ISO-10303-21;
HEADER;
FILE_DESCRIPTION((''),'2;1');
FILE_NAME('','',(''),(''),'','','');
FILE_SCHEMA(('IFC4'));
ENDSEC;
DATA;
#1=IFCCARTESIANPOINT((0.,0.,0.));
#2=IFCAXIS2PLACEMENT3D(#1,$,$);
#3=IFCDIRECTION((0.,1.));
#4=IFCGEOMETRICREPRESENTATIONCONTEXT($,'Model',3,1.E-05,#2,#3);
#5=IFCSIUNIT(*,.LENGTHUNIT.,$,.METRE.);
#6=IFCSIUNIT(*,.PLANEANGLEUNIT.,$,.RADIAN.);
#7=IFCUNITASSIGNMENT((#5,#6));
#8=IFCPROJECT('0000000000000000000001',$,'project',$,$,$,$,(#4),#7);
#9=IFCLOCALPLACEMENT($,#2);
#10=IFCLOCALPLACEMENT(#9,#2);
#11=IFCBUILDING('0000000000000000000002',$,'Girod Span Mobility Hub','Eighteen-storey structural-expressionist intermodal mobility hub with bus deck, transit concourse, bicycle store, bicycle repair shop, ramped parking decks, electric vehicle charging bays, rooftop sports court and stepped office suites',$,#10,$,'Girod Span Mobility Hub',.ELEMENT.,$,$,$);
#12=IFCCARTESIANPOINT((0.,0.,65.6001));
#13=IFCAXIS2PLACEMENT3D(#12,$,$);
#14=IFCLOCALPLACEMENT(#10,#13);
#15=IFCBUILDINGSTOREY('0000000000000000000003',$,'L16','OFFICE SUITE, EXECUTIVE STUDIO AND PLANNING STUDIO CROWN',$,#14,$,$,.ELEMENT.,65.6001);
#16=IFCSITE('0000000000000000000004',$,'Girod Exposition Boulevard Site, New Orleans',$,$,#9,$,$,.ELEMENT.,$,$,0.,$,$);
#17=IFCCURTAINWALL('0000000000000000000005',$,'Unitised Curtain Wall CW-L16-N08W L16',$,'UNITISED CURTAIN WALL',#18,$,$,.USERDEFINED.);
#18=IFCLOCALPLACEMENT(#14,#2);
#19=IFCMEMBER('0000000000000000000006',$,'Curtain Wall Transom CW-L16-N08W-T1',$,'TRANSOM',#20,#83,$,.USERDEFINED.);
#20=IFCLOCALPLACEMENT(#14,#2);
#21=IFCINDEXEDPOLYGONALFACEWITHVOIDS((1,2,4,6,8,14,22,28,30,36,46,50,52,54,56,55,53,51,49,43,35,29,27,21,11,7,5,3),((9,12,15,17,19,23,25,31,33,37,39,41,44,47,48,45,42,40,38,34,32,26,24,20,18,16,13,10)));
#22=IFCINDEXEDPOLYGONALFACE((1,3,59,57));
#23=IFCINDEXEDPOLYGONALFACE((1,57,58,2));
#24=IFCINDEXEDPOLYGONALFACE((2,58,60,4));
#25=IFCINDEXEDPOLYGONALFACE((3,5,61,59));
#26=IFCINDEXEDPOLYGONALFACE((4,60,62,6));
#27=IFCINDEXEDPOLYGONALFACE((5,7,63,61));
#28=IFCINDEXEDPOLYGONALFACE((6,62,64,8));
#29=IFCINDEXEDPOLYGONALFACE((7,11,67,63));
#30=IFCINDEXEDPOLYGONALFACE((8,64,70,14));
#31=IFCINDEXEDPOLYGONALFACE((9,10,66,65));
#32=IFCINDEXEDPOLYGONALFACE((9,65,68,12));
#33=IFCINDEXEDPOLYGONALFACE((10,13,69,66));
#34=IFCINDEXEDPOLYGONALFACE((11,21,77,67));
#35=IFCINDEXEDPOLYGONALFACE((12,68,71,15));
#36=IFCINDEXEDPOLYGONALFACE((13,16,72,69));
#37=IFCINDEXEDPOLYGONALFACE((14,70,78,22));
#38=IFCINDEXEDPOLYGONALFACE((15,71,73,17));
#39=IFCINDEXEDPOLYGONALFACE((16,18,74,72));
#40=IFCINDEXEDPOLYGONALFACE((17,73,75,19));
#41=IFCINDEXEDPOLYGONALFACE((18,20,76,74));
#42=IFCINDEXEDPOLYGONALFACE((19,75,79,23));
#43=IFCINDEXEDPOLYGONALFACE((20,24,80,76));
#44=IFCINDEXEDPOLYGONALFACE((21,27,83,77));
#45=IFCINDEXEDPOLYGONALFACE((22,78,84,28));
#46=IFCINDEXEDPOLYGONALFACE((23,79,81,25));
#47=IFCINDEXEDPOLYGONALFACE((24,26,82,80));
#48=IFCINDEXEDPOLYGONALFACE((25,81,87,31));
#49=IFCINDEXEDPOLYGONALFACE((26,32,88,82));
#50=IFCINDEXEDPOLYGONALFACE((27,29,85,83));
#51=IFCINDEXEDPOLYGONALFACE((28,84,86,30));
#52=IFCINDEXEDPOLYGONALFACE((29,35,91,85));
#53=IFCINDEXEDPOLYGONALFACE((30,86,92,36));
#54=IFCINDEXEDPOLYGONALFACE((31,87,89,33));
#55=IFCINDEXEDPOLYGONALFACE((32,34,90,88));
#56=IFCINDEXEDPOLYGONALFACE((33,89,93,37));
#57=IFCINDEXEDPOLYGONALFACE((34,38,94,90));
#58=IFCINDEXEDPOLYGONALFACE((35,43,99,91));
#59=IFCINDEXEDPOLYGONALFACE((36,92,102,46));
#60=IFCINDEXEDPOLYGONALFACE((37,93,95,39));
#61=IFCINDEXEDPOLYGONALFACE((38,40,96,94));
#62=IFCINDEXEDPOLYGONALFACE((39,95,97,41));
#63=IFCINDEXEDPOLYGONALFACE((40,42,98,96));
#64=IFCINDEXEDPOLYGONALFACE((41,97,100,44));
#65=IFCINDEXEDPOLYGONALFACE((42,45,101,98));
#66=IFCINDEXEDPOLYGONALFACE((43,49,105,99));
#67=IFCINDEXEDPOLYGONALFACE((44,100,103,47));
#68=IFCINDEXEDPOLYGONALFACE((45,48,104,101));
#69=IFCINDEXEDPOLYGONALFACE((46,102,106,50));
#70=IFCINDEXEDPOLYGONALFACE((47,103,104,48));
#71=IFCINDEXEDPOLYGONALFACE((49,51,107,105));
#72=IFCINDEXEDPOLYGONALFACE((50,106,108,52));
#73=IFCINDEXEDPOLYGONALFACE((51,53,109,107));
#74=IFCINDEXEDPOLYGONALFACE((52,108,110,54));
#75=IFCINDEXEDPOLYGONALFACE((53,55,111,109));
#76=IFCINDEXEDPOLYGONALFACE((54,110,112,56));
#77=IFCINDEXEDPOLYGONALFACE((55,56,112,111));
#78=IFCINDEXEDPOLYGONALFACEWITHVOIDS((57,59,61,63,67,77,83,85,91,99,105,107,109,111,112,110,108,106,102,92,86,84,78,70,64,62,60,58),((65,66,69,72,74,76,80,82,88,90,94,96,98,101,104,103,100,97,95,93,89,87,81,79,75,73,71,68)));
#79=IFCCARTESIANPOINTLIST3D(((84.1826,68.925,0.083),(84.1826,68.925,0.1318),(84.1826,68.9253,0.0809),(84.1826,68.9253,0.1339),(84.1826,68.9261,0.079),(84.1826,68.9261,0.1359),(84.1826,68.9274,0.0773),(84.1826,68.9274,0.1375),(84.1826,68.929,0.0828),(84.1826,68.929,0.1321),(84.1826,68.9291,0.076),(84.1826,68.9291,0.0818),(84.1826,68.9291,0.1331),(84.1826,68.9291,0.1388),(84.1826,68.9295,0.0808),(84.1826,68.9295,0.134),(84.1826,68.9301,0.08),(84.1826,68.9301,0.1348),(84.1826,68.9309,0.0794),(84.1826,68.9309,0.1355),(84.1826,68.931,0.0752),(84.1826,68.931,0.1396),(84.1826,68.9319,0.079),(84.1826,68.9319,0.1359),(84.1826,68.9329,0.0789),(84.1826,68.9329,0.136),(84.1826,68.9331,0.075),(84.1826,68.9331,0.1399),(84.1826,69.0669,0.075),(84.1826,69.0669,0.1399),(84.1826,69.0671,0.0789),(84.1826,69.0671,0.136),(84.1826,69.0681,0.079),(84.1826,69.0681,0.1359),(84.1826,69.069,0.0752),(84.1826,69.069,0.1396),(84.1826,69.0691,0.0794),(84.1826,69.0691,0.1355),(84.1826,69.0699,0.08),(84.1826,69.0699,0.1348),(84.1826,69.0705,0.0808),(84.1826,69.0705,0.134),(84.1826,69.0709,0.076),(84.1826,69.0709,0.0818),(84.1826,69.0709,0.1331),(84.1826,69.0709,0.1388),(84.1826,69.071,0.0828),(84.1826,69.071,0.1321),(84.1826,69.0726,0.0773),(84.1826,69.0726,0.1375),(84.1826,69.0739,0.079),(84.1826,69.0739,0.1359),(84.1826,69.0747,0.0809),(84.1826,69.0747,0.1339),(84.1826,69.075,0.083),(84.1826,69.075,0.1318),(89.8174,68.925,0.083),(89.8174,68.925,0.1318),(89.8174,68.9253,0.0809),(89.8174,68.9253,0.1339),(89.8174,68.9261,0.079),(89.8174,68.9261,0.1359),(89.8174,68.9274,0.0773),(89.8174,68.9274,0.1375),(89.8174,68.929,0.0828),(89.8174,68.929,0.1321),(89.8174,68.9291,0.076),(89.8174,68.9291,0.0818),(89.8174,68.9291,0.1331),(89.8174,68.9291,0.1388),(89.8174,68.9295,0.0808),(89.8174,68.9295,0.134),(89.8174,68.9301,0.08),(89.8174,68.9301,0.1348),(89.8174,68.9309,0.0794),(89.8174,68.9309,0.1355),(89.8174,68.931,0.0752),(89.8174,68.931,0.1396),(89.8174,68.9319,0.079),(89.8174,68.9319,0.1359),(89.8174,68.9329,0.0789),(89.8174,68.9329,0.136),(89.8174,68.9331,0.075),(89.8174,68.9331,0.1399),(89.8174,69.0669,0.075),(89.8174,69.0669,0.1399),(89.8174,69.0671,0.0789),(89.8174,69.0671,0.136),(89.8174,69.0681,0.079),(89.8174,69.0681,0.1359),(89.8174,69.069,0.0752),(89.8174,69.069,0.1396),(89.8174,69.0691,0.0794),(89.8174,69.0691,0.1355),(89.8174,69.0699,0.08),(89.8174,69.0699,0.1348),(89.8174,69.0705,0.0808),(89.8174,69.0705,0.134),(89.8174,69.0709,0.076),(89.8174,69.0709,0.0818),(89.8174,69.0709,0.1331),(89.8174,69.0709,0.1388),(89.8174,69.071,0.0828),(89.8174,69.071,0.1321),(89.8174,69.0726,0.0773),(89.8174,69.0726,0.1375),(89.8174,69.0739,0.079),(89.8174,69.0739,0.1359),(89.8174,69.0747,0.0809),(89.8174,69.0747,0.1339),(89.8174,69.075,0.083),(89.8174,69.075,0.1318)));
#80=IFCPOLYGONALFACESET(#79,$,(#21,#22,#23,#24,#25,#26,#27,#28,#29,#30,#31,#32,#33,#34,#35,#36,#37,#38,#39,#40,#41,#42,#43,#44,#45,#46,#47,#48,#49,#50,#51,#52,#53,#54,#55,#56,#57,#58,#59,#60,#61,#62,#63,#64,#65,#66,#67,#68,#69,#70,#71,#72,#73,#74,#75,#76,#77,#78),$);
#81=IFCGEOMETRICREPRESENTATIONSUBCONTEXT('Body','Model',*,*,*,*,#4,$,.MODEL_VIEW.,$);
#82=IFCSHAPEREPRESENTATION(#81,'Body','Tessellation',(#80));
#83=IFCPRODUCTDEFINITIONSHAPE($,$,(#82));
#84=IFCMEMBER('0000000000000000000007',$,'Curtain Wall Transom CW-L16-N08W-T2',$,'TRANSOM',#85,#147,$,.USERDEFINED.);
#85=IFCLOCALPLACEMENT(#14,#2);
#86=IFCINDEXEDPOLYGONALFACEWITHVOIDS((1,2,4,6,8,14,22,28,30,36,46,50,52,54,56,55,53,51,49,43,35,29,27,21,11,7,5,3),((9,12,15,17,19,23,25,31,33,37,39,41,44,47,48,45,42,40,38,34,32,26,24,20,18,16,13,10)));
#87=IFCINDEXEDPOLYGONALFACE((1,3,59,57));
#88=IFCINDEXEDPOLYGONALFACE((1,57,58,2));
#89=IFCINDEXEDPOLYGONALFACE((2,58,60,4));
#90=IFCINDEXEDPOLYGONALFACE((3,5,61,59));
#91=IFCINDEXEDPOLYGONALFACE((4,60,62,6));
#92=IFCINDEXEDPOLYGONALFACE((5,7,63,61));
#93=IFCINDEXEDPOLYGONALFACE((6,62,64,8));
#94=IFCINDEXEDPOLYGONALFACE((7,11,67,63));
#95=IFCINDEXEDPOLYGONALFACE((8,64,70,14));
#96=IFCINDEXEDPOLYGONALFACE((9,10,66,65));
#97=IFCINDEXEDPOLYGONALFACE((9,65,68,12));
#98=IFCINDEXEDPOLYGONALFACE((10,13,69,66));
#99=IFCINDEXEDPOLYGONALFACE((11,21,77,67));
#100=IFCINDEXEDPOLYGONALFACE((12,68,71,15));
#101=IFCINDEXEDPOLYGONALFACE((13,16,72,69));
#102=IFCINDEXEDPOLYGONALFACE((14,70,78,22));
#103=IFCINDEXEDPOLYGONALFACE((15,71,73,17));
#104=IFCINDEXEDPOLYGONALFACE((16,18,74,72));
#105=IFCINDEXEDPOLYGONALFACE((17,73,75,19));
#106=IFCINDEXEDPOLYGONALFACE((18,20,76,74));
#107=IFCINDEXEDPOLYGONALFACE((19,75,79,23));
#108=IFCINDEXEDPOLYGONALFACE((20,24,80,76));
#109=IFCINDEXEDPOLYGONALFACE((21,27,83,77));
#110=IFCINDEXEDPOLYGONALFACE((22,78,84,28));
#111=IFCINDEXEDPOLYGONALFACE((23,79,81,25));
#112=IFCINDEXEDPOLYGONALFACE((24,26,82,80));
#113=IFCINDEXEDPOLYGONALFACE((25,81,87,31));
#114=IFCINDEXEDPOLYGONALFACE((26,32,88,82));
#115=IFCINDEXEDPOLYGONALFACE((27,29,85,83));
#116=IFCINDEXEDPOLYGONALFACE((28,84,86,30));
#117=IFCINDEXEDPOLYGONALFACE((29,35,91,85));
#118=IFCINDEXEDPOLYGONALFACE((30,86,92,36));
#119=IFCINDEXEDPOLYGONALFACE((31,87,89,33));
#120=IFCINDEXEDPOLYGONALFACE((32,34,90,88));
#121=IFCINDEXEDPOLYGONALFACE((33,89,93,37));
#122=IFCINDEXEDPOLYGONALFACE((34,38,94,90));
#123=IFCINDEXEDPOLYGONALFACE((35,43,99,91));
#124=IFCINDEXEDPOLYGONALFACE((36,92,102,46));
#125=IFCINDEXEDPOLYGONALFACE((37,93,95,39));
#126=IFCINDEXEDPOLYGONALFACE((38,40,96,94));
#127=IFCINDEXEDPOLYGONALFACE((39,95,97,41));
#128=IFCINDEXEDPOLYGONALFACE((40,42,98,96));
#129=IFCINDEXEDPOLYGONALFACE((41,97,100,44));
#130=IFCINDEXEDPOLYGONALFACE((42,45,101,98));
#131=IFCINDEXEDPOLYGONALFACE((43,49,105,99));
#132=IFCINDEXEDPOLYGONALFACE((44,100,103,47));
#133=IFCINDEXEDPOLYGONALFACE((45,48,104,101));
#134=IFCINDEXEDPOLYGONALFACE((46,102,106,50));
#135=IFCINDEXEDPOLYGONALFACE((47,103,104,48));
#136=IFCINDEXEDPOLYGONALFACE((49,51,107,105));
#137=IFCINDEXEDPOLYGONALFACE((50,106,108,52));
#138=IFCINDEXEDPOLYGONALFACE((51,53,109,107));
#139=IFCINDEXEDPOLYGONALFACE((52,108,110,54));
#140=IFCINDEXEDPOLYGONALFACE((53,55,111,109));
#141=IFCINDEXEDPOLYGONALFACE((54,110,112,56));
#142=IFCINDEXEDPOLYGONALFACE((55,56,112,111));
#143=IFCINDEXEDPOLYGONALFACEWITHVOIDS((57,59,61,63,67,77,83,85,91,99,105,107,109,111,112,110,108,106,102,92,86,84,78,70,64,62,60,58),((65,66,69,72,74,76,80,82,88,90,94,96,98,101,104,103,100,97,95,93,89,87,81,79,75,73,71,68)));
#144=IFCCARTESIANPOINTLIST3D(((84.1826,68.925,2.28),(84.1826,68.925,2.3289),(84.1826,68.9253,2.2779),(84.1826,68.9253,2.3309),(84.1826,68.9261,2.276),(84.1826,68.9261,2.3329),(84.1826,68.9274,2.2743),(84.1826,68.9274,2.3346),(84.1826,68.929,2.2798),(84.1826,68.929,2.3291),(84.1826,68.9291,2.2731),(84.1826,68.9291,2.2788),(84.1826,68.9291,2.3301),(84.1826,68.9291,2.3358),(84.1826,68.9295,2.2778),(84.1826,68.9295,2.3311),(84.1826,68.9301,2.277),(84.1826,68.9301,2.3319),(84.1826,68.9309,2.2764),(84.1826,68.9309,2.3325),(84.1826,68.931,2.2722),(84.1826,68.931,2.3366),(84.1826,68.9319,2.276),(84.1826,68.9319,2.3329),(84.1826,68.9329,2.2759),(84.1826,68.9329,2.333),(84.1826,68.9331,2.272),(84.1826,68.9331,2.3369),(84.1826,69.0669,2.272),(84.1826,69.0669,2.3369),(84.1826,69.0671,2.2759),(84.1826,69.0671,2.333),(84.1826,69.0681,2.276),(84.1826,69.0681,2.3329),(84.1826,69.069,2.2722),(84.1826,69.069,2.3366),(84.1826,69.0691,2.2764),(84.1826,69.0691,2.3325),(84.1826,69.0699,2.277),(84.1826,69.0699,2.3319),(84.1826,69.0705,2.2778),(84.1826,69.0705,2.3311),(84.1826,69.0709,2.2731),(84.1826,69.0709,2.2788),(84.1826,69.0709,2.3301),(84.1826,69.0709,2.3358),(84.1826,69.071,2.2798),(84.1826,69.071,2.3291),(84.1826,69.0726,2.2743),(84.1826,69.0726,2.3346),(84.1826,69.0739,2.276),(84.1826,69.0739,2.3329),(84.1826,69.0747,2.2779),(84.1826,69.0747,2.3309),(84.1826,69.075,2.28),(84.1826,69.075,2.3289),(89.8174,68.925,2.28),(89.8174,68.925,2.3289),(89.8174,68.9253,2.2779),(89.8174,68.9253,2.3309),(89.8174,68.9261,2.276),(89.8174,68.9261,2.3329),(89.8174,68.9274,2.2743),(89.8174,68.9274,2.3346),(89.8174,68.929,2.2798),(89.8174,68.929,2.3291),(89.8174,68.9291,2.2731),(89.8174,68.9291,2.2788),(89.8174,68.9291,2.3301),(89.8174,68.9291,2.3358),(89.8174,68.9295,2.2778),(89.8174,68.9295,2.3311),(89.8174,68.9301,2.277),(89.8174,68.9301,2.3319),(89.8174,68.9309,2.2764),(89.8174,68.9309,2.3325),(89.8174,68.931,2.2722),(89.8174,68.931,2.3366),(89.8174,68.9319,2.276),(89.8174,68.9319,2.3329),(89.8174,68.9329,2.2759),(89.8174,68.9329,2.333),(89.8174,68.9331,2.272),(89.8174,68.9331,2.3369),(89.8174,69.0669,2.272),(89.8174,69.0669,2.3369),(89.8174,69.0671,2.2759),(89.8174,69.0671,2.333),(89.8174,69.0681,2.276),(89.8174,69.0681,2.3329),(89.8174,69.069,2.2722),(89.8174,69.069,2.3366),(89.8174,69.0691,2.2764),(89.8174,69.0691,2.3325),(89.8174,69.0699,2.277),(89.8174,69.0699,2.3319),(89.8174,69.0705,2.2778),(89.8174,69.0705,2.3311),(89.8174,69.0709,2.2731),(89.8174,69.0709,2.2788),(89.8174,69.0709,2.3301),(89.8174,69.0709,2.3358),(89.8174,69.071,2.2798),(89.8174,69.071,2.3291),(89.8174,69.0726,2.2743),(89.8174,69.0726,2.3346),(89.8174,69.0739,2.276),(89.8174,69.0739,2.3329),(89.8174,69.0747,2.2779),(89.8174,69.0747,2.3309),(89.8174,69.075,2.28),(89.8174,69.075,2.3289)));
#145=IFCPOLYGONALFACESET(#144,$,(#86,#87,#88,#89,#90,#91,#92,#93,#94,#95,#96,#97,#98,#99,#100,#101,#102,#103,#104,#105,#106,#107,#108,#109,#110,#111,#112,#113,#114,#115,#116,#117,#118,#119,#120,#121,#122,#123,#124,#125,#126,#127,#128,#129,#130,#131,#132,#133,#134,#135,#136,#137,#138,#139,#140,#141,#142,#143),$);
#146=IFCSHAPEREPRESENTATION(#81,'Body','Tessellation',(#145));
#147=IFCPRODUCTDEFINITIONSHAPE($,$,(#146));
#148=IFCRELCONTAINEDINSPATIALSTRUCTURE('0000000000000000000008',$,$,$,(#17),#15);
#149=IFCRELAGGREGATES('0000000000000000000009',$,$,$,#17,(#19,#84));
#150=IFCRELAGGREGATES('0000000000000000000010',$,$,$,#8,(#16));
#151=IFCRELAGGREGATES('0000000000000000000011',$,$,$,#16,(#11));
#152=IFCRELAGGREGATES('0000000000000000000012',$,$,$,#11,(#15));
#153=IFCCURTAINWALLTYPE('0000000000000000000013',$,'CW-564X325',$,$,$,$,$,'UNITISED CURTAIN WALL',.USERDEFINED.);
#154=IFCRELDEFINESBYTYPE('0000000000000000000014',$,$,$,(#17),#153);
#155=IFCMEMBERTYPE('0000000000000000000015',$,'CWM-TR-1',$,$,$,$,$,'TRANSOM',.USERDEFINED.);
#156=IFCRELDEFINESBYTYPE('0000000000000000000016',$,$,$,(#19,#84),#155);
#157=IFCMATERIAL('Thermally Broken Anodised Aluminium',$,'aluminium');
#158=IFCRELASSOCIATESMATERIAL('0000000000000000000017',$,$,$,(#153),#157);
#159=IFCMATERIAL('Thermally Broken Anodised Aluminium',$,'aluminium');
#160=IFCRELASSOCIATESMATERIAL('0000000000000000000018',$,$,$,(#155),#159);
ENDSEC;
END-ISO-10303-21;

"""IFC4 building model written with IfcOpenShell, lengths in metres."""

from ifc_helpers import new_model, si_unit, direction, frame, origin, origin_2d, place, context, subcontext, project, spatial, hollow_rectangle, extrude, material, material_profile, profile_set, type_object, element, aggregate, save


model = new_model("IFC4")

# Units and contexts
model_context = context("Model", 3, precision=1e-05, world=origin(), true_north=direction((0.0, 1.0)))
body_context = subcontext(model_context, "Body", "Model", "MODEL_VIEW")
ifc_project = project(units=[si_unit("LENGTHUNIT", "METRE"), si_unit("PLANEANGLEUNIT", "RADIAN")], contexts=[model_context])

# Site, building, storey
site_placement = place(None, origin())
site = spatial("IfcSite", under=ifc_project, at=site_placement, Name="Girod Exposition Boulevard Site, New Orleans", CompositionType="ELEMENT", RefElevation=0.0)
building_placement = place(site_placement, origin())
building = spatial("IfcBuilding", under=site, at=building_placement, Name="Girod Span Mobility Hub", Description="Eighteen-storey structural-expressionist intermodal mobility hub with bus deck, transit concourse, bicycle store, bicycle repair shop, ramped parking decks, electric vehicle charging bays, rooftop sports court and stepped office suites", LongName="Girod Span Mobility Hub", CompositionType="ELEMENT")
storey_placement = place(building_placement, frame((0.0, 0.0, 65.6001)))
storey = spatial("IfcBuildingStorey", under=building, at=storey_placement, Name="L16", Description="OFFICE SUITE, EXECUTIVE STUDIO AND PLANNING STUDIO CROWN", CompositionType="ELEMENT", Elevation=65.6001)

# Curtain wall
ifc_material_1 = material(Name="Thermally Broken Anodised Aluminium", Category="aluminium")
curtain_wall_type = type_object("IfcCurtainWallType", Name="CW-564X325", ElementType="UNITISED CURTAIN WALL", PredefinedType="USERDEFINED", material=ifc_material_1)
curtain_wall_1_placement = place(storey_placement, origin())
curtain_wall_1 = element("IfcCurtainWall", 1, at=curtain_wall_1_placement, inside=storey, type_object=curtain_wall_type, Name="Unitised Curtain Wall CW-L16-N08W L16", ObjectType="UNITISED CURTAIN WALL", PredefinedType="USERDEFINED")

# Members
ifc_material_2 = material(Name="Thermally Broken Anodised Aluminium", Category="aluminium")
ifc_material_profile_1 = material_profile(ifc_material_2, hollow_rectangle(XDim=0.1499, YDim=0.0649, WallThickness=0.0039, InnerFilletRadius=0.0039, OuterFilletRadius=0.0081, at=origin_2d()), Name="CW-TR-65X150")
ifc_profile_set_1 = profile_set([ifc_material_profile_1], Name="Thermally Broken Anodised Aluminium")
member_type_1 = type_object("IfcMemberType", Name="CWM-TR-1", ElementType="TRANSOM", PredefinedType="USERDEFINED", material=ifc_profile_set_1)
member_1_placement = place(storey_placement, frame((84.1826, 69.0, 0.1074), z_axis=(1.0, 0.0, 0.0), x_axis=(0.0, 1.0, 0.0)))
member_1 = element("IfcMember", 2, at=member_1_placement, type_object=member_type_1, Name="Curtain Wall Transom CW-L16-N08W-T1", ObjectType="TRANSOM", PredefinedType="USERDEFINED", context=body_context, shape_type="SweptSolid", body=[
    extrude(hollow_rectangle(XDim=0.1499, YDim=0.0649, WallThickness=0.0039, InnerFilletRadius=0.0039, OuterFilletRadius=0.0081, at=origin_2d()), origin(), (0.0, 0.0, 1.0), 5.6348),
])
member_2_placement = place(storey_placement, frame((84.1826, 69.0, 2.3044), z_axis=(1.0, 0.0, 0.0), x_axis=(0.0, 1.0, 0.0)))
member_2 = element("IfcMember", 3, at=member_2_placement, type_object=member_type_1, Name="Curtain Wall Transom CW-L16-N08W-T2", ObjectType="TRANSOM", PredefinedType="USERDEFINED", context=body_context, shape_type="SweptSolid", body=[
    extrude(hollow_rectangle(XDim=0.1499, YDim=0.0649, WallThickness=0.0039, InnerFilletRadius=0.0039, OuterFilletRadius=0.0081, at=origin_2d()), origin(), (0.0, 0.0, 1.0), 5.6348),
])

aggregate(curtain_wall_1, [member_1, member_2])

save(model, "model.ifc")
